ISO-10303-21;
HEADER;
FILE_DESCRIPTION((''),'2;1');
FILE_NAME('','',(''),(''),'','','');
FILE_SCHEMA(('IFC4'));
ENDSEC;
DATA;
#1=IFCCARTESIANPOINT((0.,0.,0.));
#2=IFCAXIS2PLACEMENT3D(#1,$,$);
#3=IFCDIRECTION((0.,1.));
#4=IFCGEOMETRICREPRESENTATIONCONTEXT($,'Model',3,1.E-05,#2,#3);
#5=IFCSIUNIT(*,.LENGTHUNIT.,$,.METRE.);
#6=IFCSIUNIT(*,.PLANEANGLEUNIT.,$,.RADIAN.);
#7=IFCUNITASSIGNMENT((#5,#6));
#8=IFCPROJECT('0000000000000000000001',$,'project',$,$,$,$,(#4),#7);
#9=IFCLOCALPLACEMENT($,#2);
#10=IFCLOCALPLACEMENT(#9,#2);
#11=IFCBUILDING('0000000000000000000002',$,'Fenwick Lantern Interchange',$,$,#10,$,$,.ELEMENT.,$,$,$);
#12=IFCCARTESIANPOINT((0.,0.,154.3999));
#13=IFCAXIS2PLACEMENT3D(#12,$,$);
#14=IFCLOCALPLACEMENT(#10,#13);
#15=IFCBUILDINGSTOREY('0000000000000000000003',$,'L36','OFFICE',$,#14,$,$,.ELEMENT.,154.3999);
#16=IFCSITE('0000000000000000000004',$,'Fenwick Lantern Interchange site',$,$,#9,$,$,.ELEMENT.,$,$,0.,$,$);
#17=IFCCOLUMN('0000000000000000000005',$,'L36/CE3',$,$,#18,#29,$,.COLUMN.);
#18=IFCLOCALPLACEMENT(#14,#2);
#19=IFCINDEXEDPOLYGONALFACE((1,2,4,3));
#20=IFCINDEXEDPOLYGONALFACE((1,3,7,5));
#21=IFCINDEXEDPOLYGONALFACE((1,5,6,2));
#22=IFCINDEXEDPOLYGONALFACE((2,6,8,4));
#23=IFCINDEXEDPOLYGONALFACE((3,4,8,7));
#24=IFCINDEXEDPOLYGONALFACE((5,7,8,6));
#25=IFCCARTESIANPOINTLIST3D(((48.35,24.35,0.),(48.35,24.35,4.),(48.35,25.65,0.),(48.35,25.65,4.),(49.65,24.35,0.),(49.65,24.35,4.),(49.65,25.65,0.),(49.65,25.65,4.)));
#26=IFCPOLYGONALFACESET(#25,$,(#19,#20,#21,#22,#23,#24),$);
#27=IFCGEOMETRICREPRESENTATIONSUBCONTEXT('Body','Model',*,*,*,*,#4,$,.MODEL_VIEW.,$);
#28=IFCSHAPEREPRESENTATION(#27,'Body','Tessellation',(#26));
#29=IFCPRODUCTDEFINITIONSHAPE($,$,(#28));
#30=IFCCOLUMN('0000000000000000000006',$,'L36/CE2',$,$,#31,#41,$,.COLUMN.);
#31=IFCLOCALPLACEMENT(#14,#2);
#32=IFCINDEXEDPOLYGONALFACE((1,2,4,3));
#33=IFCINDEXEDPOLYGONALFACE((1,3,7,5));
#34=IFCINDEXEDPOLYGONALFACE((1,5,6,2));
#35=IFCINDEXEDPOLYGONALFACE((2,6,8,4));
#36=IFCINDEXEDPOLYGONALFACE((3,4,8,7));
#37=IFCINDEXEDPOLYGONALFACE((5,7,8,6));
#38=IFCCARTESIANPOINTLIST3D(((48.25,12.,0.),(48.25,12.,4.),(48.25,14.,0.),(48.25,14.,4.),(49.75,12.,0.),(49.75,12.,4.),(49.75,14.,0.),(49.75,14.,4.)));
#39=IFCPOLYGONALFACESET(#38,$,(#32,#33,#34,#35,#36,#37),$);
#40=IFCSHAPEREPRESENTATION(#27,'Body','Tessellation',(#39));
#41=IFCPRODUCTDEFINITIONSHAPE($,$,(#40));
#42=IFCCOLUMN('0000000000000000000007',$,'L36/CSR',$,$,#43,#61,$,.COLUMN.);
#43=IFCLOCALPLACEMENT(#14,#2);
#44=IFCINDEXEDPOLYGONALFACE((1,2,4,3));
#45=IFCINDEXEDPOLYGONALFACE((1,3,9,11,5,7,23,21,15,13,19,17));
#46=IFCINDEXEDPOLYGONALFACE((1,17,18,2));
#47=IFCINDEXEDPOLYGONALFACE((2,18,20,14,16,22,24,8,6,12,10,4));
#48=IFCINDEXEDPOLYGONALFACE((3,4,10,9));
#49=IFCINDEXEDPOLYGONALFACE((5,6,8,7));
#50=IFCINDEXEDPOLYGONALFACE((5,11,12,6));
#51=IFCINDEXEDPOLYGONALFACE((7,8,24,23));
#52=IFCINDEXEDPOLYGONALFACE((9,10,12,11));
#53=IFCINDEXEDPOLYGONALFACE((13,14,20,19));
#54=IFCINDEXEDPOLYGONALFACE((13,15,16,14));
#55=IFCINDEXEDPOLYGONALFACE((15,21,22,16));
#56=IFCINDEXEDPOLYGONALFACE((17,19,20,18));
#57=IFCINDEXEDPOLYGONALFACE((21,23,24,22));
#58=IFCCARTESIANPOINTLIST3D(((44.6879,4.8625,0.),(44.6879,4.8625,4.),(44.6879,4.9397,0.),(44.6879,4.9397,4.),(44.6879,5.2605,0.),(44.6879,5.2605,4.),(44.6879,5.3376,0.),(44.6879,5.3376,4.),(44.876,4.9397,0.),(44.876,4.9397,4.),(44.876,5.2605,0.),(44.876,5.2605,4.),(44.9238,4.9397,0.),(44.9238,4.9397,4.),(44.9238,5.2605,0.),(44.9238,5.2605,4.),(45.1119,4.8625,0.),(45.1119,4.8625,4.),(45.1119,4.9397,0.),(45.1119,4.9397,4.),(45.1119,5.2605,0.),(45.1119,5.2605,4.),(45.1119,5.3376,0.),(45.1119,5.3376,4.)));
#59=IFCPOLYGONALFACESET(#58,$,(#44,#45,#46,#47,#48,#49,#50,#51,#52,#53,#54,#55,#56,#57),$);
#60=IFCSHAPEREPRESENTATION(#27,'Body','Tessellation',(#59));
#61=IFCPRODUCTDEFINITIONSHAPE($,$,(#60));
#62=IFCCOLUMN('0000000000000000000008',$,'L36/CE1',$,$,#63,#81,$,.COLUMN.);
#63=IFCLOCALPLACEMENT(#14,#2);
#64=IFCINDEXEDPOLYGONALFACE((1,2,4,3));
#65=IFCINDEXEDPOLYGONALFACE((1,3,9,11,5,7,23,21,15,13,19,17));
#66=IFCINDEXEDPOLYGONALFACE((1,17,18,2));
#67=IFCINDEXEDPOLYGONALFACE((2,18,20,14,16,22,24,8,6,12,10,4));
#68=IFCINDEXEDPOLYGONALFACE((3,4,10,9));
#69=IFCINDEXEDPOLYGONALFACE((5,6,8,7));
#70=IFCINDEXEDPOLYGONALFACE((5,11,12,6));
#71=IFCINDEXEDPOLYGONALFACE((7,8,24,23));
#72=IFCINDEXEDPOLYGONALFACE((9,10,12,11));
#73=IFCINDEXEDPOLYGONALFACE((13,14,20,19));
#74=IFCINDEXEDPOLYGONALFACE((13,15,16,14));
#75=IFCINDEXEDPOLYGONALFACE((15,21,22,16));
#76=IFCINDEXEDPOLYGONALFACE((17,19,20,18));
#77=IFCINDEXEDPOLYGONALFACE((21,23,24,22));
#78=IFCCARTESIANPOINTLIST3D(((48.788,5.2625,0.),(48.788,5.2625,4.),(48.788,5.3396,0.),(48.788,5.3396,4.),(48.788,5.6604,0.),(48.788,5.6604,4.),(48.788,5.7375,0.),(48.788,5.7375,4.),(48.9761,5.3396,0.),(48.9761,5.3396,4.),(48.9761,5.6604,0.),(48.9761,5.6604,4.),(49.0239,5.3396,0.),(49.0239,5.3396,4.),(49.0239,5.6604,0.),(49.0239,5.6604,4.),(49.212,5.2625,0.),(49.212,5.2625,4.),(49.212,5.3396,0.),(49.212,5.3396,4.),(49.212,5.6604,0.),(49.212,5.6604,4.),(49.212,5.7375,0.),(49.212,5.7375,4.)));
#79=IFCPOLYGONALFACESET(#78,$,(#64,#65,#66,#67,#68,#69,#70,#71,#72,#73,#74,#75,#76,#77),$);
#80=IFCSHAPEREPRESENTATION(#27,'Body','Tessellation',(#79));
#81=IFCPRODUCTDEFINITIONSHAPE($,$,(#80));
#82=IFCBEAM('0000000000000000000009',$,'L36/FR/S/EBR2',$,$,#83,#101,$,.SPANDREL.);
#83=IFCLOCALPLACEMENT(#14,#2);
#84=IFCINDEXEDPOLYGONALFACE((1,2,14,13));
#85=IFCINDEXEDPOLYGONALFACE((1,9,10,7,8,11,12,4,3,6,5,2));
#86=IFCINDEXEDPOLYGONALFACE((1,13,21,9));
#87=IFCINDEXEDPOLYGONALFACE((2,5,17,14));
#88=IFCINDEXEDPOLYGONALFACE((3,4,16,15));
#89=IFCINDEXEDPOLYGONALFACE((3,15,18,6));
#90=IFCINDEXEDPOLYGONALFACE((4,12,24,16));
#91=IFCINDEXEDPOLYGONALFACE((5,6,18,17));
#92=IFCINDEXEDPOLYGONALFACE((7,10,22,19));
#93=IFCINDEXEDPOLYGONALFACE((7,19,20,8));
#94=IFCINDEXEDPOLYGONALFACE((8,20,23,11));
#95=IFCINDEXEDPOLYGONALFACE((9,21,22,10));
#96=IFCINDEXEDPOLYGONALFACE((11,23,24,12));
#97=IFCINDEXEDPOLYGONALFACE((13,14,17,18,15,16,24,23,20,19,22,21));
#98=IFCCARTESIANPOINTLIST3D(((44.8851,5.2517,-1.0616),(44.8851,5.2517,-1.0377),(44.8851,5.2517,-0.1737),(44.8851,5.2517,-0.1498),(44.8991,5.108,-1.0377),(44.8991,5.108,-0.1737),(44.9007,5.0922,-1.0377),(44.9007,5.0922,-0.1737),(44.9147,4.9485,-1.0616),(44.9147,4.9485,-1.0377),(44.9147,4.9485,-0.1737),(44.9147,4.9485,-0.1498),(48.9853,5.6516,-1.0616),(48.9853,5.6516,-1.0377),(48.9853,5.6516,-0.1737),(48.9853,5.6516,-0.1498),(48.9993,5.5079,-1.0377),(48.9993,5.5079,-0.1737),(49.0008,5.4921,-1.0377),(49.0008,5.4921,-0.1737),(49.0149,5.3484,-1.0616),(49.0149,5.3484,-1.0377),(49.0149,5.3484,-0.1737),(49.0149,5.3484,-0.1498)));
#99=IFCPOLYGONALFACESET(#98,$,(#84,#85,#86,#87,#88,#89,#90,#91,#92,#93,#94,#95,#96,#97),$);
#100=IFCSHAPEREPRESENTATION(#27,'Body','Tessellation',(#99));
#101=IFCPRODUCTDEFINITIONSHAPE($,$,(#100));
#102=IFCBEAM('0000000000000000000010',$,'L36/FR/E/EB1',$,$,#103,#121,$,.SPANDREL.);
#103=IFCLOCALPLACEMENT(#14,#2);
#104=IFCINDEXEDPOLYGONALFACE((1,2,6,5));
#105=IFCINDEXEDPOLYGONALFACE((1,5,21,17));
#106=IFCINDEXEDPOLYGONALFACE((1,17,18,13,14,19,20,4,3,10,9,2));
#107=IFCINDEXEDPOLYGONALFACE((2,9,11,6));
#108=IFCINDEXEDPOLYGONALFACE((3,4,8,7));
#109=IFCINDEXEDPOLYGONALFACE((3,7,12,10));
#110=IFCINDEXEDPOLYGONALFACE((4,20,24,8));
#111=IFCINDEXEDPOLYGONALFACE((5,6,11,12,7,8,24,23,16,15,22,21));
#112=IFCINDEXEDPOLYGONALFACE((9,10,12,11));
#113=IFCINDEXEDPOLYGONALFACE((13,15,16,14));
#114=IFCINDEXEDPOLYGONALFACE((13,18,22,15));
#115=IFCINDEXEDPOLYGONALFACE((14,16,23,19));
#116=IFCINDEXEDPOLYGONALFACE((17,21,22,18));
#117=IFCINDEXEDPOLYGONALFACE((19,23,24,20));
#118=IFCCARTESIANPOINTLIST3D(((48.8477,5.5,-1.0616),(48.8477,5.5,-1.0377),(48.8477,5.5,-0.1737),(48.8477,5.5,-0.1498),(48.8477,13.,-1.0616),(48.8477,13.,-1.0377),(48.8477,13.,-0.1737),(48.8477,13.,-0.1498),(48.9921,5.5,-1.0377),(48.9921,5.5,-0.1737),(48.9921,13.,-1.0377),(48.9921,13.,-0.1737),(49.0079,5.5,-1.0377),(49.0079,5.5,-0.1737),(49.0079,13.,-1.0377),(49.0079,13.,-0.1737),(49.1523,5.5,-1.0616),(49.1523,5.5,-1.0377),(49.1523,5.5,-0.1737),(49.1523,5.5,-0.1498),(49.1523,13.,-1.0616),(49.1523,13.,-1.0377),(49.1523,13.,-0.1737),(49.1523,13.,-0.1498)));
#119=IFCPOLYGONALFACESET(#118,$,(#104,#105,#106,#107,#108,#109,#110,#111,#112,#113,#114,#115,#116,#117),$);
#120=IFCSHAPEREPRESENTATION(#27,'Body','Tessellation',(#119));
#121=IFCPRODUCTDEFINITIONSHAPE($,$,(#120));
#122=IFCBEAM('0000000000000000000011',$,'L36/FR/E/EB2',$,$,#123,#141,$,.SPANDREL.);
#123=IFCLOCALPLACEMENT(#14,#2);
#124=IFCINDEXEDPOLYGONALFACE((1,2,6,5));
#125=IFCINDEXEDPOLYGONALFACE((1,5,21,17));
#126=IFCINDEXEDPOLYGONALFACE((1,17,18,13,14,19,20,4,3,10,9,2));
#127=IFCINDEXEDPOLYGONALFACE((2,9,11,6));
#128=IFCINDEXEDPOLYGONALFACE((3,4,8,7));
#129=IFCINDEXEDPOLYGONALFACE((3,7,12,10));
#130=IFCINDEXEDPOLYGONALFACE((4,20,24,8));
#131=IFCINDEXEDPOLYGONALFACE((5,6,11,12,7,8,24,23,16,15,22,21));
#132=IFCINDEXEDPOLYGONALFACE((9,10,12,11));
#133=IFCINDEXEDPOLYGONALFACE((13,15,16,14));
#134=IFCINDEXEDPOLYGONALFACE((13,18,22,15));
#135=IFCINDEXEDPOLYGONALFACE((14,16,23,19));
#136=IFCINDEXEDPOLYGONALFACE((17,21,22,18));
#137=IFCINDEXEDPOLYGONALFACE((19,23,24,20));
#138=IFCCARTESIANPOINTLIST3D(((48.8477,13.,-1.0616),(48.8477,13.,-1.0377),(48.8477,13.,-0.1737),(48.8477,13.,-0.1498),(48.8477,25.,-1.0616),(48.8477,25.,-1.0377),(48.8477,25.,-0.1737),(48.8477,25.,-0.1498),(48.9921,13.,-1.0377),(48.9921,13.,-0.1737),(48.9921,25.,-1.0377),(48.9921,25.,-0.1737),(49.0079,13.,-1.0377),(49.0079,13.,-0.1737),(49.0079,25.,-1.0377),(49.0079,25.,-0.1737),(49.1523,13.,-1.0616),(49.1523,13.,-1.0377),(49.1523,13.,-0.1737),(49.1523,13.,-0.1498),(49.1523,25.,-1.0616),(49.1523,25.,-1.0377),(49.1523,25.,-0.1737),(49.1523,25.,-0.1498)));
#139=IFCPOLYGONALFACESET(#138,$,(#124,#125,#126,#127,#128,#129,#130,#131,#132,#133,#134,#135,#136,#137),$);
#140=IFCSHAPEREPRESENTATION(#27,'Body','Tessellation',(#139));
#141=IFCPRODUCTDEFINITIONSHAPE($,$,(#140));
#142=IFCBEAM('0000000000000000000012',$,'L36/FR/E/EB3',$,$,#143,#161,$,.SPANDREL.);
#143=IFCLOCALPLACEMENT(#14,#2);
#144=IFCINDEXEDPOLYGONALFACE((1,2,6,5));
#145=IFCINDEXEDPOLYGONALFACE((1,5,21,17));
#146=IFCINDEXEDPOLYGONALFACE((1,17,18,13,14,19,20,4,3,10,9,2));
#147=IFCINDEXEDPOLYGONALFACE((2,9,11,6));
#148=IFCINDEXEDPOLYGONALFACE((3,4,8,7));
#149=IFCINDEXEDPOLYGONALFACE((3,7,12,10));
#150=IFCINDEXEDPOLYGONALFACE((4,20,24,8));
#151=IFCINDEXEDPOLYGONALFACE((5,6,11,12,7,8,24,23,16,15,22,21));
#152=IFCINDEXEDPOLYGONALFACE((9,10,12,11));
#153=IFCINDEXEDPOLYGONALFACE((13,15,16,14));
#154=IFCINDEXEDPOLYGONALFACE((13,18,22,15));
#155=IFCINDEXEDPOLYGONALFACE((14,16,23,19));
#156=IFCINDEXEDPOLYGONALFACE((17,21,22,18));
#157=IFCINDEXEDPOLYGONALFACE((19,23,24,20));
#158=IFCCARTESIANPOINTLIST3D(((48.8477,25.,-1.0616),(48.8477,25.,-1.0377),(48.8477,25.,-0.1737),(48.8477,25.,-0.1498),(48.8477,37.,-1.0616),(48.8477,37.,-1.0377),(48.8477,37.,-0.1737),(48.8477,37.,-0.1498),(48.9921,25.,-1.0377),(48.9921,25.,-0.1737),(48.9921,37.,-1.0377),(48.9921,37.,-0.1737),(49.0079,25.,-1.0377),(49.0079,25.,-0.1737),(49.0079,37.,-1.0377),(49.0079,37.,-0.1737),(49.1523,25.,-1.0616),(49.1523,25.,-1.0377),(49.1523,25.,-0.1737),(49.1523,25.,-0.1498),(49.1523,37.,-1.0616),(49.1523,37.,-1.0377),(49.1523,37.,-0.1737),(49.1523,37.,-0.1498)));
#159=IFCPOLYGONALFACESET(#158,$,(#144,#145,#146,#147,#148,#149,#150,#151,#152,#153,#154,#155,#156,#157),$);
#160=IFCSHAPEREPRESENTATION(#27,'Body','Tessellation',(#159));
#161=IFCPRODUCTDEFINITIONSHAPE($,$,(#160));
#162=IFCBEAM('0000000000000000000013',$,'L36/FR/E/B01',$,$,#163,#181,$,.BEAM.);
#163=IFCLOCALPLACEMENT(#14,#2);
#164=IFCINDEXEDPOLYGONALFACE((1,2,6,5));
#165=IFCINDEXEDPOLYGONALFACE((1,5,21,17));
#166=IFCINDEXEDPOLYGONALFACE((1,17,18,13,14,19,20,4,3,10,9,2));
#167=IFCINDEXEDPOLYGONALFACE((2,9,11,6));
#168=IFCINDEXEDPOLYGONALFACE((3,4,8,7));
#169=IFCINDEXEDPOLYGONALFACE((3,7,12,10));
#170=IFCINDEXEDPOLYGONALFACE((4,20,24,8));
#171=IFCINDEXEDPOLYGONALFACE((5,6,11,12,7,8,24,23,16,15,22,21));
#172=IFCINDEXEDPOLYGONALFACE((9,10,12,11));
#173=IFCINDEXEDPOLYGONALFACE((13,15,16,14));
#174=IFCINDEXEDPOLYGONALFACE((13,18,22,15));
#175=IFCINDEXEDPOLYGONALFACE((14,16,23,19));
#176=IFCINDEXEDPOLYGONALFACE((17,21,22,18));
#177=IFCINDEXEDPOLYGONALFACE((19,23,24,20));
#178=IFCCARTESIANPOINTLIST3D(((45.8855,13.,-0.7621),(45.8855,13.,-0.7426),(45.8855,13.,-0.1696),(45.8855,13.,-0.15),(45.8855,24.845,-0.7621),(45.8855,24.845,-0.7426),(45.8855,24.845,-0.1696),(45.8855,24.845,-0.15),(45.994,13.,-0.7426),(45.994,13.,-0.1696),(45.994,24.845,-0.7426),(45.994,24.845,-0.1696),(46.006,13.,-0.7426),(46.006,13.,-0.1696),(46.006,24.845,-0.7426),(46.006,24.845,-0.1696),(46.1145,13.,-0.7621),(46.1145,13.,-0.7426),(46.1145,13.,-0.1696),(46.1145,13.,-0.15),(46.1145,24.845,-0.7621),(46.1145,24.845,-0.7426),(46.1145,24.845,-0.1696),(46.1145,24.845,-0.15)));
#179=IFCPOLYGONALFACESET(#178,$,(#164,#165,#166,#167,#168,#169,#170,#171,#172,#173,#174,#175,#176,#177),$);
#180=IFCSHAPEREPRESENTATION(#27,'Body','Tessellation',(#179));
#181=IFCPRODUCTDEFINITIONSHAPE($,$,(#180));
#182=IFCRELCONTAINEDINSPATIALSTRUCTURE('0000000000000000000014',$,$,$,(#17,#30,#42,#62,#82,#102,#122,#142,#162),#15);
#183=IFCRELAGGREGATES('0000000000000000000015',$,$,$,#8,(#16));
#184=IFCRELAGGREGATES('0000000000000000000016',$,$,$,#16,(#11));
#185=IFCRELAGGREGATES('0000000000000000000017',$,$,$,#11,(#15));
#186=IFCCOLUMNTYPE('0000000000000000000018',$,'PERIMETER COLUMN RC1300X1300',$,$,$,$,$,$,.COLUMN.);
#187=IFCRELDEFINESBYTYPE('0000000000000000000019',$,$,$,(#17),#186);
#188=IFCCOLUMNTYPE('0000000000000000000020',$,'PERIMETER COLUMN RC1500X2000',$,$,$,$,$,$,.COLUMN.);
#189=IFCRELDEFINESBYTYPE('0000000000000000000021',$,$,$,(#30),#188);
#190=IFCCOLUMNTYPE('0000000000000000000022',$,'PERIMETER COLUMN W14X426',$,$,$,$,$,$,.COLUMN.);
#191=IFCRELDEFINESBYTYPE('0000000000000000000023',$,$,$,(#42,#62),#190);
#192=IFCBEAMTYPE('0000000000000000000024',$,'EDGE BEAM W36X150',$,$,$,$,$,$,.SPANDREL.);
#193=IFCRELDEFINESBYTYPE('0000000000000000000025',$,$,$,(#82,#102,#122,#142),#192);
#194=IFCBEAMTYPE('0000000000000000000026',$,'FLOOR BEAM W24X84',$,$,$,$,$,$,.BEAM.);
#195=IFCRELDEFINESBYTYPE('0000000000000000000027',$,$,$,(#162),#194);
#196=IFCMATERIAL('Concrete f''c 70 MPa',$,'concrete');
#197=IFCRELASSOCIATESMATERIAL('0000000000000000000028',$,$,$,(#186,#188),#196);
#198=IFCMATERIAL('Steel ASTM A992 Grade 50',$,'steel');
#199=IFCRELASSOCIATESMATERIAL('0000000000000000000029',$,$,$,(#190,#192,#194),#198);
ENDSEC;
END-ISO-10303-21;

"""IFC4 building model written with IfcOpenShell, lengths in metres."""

from ifc_helpers import new_model, si_unit, direction, frame, origin, origin_2d, place, context, subcontext, project, spatial, rectangle, i_section, extrude, material, material_profile, profile_set, type_object, element, save


model = new_model("IFC4")

# Units and contexts
model_context = context("Model", 3, precision=1e-05, world=origin(), true_north=direction((0.0, 1.0)))
body_context = subcontext(model_context, "Body", "Model", "MODEL_VIEW")
ifc_project = project(units=[si_unit("LENGTHUNIT", "METRE"), si_unit("PLANEANGLEUNIT", "RADIAN")], contexts=[model_context])

# Site, building, storey
site_placement = place(None, origin())
site = spatial("IfcSite", under=ifc_project, at=site_placement, Name="Fenwick Lantern Interchange site", CompositionType="ELEMENT", RefElevation=0.0)
building_placement = place(site_placement, origin())
building = spatial("IfcBuilding", under=site, at=building_placement, Name="Fenwick Lantern Interchange", CompositionType="ELEMENT")
storey_placement = place(building_placement, frame((0.0, 0.0, 154.3999)))
storey = spatial("IfcBuildingStorey", under=building, at=storey_placement, Name="L36", Description="OFFICE", CompositionType="ELEMENT", Elevation=154.3999)

# Columns
ifc_material_1 = material(Name="Concrete f'c 70 MPa", Category="concrete")
ifc_material_profile_1 = material_profile(ifc_material_1, rectangle(XDim=1.3, YDim=1.3, at=origin_2d()), Name="RC1300X1300")
ifc_profile_set_1 = profile_set([ifc_material_profile_1], Name="Concrete f'c 70 MPa")
column_type_1 = type_object("IfcColumnType", Name="PERIMETER COLUMN RC1300X1300", PredefinedType="COLUMN", material=ifc_profile_set_1)
column_1_placement = place(storey_placement, frame((49.0, 25.0, 0.0), z_axis=(0.0, 0.0, 1.0), x_axis=(1.0, 0.0, 0.0)))
element("IfcColumn", 1, at=column_1_placement, inside=storey, type_object=column_type_1, Name="L36/CE3", PredefinedType="COLUMN", context=body_context, shape_type="SweptSolid", body=[
    extrude(rectangle(XDim=1.3, YDim=1.3, at=origin_2d()), origin(), (0.0, 0.0, 1.0), 4.0),
])
ifc_material_profile_2 = material_profile(ifc_material_1, rectangle(XDim=1.5, YDim=2.0, at=origin_2d()), Name="RC1500X2000")
ifc_profile_set_2 = profile_set([ifc_material_profile_2], Name="Concrete f'c 70 MPa")
column_type_2 = type_object("IfcColumnType", Name="PERIMETER COLUMN RC1500X2000", PredefinedType="COLUMN", material=ifc_profile_set_2)
column_2_placement = place(storey_placement, frame((49.0, 13.0, 0.0), z_axis=(0.0, 0.0, 1.0), x_axis=(1.0, 0.0, 0.0)))
element("IfcColumn", 2, at=column_2_placement, inside=storey, type_object=column_type_2, Name="L36/CE2", PredefinedType="COLUMN", context=body_context, shape_type="SweptSolid", body=[
    extrude(rectangle(XDim=1.5, YDim=2.0, at=origin_2d()), origin(), (0.0, 0.0, 1.0), 4.0),
])
ifc_material_2 = material(Name="Steel ASTM A992 Grade 50", Category="steel")
ifc_material_profile_3 = material_profile(ifc_material_2, i_section(OverallWidth=0.4241, OverallDepth=0.4751, WebThickness=0.0479, FlangeThickness=0.0771, at=origin_2d()), Name="W14X426")
ifc_profile_set_3 = profile_set([ifc_material_profile_3], Name="Steel ASTM A992 Grade 50")
column_type_3 = type_object("IfcColumnType", Name="PERIMETER COLUMN W14X426", PredefinedType="COLUMN", material=ifc_profile_set_3)
for number, where, z_axis, x_axis, name in (
    (3, (44.8999, 5.1001, 0.0), (0.0, 0.0, 1.0), (1.0, 0.0, 0.0), "L36/CSR"),
    (4, (49.0, 5.5, 0.0), (0.0, 0.0, 1.0), (1.0, 0.0, 0.0), "L36/CE1"),
):
    element("IfcColumn", number, at=place(storey_placement, frame(where, z_axis=z_axis, x_axis=x_axis)), inside=storey, type_object=column_type_3, Name=name, PredefinedType="COLUMN", context=body_context, shape_type="SweptSolid", body=[
        extrude(i_section(OverallWidth=0.4241, OverallDepth=0.4751, WebThickness=0.0479, FlangeThickness=0.0771, at=origin_2d()), origin(), (0.0, 0.0, 1.0), 4.0),
    ])

# Beams
ifc_material_profile_4 = material_profile(ifc_material_2, i_section(OverallWidth=0.3047, OverallDepth=0.9119, WebThickness=0.0159, FlangeThickness=0.0239, at=origin_2d()), Name="W36X150")
ifc_profile_set_4 = profile_set([ifc_material_profile_4], Name="Steel ASTM A992 Grade 50")
beam_type_1 = type_object("IfcBeamType", Name="EDGE BEAM W36X150", PredefinedType="SPANDREL", material=ifc_profile_set_4)
beam_1_placement = place(storey_placement, frame((44.8999, 5.1001, -0.6057), z_axis=(0.995277, 0.097074, 0.0), x_axis=(-0.097074, 0.995277, 0.0)))
element("IfcBeam", 5, at=beam_1_placement, inside=storey, type_object=beam_type_1, Name="L36/FR/S/EBR2", PredefinedType="SPANDREL", context=body_context, shape_type="SweptSolid", body=[
    extrude(i_section(OverallWidth=0.3047, OverallDepth=0.9119, WebThickness=0.0159, FlangeThickness=0.0239, at=origin_2d()), origin(), (0.0, 0.0, 1.0), 4.1196),
])
beam_2_placement = place(storey_placement, frame((49.0, 5.5, -0.6057), z_axis=(0.0, 1.0, 0.0), x_axis=(-1.0, 0.0, 0.0)))
element("IfcBeam", 6, at=beam_2_placement, inside=storey, type_object=beam_type_1, Name="L36/FR/E/EB1", PredefinedType="SPANDREL", context=body_context, shape_type="SweptSolid", body=[
    extrude(i_section(OverallWidth=0.3047, OverallDepth=0.9119, WebThickness=0.0159, FlangeThickness=0.0239, at=origin_2d()), origin(), (0.0, 0.0, 1.0), 7.5),
])
for number, where, z_axis, x_axis, name in (
    (7, (49.0, 13.0, -0.6057), (0.0, 1.0, 0.0), (-1.0, 0.0, 0.0), "L36/FR/E/EB2"),
    (8, (49.0, 25.0, -0.6057), (0.0, 1.0, 0.0), (-1.0, 0.0, 0.0), "L36/FR/E/EB3"),
):
    element("IfcBeam", number, at=place(storey_placement, frame(where, z_axis=z_axis, x_axis=x_axis)), inside=storey, type_object=beam_type_1, Name=name, PredefinedType="SPANDREL", context=body_context, shape_type="SweptSolid", body=[
        extrude(i_section(OverallWidth=0.3047, OverallDepth=0.9119, WebThickness=0.0159, FlangeThickness=0.0239, at=origin_2d()), origin(), (0.0, 0.0, 1.0), 12.0),
    ])
ifc_material_profile_5 = material_profile(ifc_material_2, i_section(OverallWidth=0.229, OverallDepth=0.6121, WebThickness=0.012, FlangeThickness=0.0195, at=origin_2d()), Name="W24X84")
ifc_profile_set_5 = profile_set([ifc_material_profile_5], Name="Steel ASTM A992 Grade 50")
beam_type_2 = type_object("IfcBeamType", Name="FLOOR BEAM W24X84", PredefinedType="BEAM", material=ifc_profile_set_5)
for number, where, z_axis, x_axis, name in (
    (9, (46.0, 13.0, -0.4561), (0.0, 1.0, 0.0), (-1.0, 0.0, 0.0), "L36/FR/E/B01"),
):
    element("IfcBeam", number, at=place(storey_placement, frame(where, z_axis=z_axis, x_axis=x_axis)), inside=storey, type_object=beam_type_2, Name=name, PredefinedType="BEAM", context=body_context, shape_type="SweptSolid", body=[
        extrude(i_section(OverallWidth=0.229, OverallDepth=0.6121, WebThickness=0.012, FlangeThickness=0.0195, at=origin_2d()), origin(), (0.0, 0.0, 1.0), 11.845),
    ])

save(model, "model.ifc")
